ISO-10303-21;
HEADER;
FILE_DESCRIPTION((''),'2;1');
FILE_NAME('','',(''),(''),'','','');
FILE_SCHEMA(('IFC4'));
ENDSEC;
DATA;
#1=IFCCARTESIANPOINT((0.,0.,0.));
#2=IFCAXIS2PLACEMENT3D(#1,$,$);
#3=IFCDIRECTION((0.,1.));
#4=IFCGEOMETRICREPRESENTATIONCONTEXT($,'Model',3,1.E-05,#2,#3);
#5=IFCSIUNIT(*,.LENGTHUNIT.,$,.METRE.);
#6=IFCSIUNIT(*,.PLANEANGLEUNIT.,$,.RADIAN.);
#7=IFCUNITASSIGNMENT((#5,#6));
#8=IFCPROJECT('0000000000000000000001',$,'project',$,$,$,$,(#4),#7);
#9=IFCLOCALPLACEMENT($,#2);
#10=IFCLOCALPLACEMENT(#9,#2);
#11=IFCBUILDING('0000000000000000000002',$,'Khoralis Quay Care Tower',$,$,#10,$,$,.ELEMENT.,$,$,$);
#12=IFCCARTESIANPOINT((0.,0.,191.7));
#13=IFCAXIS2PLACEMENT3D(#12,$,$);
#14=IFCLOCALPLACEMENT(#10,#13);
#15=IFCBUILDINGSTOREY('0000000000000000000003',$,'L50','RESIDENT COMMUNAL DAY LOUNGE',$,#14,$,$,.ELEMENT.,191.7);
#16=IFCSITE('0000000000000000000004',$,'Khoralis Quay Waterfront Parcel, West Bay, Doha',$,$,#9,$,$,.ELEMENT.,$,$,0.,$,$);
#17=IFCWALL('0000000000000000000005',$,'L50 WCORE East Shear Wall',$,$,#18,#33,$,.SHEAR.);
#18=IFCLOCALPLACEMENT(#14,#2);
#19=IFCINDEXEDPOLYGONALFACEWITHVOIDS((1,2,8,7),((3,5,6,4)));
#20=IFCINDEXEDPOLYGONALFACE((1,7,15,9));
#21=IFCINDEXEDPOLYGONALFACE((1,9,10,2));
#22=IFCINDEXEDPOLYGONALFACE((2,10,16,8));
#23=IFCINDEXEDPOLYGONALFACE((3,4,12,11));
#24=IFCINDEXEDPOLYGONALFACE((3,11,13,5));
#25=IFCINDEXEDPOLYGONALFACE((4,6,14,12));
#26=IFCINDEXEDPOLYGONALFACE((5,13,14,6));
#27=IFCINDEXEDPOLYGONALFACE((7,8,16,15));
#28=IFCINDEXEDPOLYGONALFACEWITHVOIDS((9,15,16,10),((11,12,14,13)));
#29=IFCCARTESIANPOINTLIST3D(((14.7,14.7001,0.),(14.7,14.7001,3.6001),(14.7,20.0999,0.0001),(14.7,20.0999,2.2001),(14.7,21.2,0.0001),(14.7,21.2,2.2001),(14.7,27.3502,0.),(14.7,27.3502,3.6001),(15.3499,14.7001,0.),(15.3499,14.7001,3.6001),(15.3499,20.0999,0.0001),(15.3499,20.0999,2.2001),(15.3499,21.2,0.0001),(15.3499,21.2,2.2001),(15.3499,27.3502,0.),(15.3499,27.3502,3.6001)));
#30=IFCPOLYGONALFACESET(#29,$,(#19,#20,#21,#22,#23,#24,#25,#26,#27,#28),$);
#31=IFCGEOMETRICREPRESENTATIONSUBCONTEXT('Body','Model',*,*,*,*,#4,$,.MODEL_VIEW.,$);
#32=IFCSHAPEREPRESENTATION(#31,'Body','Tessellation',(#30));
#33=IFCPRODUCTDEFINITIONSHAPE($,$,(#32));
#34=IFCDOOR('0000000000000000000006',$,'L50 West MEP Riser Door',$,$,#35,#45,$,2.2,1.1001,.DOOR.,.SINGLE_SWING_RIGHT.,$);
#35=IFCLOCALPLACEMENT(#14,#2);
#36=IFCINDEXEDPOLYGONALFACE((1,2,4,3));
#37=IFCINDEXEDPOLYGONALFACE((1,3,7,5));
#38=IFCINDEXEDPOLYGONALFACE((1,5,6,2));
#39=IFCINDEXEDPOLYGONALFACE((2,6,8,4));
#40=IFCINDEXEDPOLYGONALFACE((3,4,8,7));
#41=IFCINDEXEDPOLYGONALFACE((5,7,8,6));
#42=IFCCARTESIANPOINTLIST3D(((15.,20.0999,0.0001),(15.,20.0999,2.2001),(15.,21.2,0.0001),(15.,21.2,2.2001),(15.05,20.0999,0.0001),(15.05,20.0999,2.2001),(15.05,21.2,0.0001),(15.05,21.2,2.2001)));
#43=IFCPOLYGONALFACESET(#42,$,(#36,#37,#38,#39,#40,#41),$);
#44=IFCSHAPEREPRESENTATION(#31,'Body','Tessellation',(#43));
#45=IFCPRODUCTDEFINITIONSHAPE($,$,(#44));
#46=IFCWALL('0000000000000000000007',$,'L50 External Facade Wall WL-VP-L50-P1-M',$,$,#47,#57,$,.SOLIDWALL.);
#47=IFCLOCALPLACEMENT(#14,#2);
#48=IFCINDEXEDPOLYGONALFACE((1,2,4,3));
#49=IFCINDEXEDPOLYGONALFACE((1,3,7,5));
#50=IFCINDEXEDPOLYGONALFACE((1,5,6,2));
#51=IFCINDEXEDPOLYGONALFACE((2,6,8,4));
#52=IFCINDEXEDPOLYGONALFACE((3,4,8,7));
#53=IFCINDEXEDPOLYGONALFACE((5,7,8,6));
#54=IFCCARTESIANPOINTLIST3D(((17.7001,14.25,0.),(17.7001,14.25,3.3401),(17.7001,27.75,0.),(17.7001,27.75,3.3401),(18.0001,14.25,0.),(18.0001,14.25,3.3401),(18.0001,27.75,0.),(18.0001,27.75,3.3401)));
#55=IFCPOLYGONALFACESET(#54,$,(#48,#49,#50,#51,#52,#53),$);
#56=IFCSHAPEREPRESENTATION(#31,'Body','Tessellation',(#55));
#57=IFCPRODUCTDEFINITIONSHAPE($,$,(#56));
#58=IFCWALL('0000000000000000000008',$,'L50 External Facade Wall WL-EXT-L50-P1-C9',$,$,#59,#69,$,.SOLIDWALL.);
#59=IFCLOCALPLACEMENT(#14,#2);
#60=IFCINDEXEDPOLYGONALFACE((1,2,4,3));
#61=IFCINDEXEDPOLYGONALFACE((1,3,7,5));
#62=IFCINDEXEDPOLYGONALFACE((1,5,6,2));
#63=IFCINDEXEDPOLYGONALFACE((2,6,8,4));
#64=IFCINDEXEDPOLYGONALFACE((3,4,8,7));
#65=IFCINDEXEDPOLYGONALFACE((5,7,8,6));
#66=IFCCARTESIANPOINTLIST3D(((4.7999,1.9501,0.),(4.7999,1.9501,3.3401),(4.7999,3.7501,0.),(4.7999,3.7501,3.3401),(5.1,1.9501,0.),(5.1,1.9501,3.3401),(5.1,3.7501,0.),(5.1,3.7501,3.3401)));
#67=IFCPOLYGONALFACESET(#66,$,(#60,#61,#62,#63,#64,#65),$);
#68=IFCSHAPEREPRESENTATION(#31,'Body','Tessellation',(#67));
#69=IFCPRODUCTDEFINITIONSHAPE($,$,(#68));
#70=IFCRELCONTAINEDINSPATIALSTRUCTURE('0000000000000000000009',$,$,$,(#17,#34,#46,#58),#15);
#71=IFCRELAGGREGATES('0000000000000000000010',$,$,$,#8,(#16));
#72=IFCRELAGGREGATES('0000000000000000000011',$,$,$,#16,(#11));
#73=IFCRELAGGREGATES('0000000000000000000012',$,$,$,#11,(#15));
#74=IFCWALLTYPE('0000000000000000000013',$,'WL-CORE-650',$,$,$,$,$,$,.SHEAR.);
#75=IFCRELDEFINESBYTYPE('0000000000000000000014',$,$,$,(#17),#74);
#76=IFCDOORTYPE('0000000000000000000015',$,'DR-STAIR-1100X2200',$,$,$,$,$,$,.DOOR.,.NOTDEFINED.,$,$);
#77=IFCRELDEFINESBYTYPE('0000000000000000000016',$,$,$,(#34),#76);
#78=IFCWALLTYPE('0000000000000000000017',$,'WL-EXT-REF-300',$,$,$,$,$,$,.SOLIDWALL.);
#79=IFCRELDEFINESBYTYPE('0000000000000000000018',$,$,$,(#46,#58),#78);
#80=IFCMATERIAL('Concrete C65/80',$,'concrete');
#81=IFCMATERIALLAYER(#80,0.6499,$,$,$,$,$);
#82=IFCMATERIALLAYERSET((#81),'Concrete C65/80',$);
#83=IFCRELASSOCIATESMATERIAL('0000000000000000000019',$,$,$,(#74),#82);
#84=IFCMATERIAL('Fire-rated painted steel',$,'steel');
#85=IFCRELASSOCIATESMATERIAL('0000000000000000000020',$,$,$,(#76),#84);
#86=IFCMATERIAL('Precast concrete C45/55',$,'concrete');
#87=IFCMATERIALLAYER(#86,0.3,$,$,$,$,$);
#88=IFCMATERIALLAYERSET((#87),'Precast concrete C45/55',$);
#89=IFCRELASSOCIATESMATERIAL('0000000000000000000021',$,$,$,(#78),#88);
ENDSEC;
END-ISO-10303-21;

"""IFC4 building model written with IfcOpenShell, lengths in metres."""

from ifc_helpers import new_model, si_unit, direction, frame, frame_2d, origin, place, context, subcontext, project, spatial, rectangle, extrude, source, transform, mapped, material, layer, layer_set, type_object, element, fill, save


model = new_model("IFC4")

# Units and contexts
model_context = context("Model", 3, precision=1e-05, world=origin(), true_north=direction((0.0, 1.0)))
body_context = subcontext(model_context, "Body", "Model", "MODEL_VIEW")
ifc_project = project(units=[si_unit("LENGTHUNIT", "METRE"), si_unit("PLANEANGLEUNIT", "RADIAN")], contexts=[model_context])

# Site, building, storey
site_placement = place(None, origin())
site = spatial("IfcSite", under=ifc_project, at=site_placement, Name="Khoralis Quay Waterfront Parcel, West Bay, Doha", CompositionType="ELEMENT", RefElevation=0.0)
building_placement = place(site_placement, origin())
building = spatial("IfcBuilding", under=site, at=building_placement, Name="Khoralis Quay Care Tower", CompositionType="ELEMENT")
storey_placement = place(building_placement, frame((0.0, 0.0, 191.7)))
storey = spatial("IfcBuildingStorey", under=building, at=storey_placement, Name="L50", Description="RESIDENT COMMUNAL DAY LOUNGE", CompositionType="ELEMENT", Elevation=191.7)

# Shared definitions
ifc_material_1 = material(Name="Fire-rated painted steel", Category="steel")

# Shared definitions
ifc_material_2 = material(Name="Concrete C65/80", Category="concrete")
ifc_layer_1 = layer(ifc_material_2, 0.6499)
ifc_layer_set_1 = layer_set([ifc_layer_1], Name="Concrete C65/80")
wall_type_1 = type_object("IfcWallType", Name="WL-CORE-650", PredefinedType="SHEAR", material=ifc_layer_set_1)

# Wall, opening, door
wall_1_placement = place(storey_placement, frame((15.0249, 14.7, 0.0), z_axis=(0.0, 0.0, 1.0), x_axis=(0.0, 1.0, 0.0)))
wall_1 = element("IfcWall", 1, at=wall_1_placement, inside=storey, type_object=wall_type_1, Name="L50 WCORE East Shear Wall", PredefinedType="SHEAR", context=body_context, shape_type="SweptSolid", body=[
    extrude(rectangle(XDim=12.6501, YDim=0.6499, at=frame_2d((6.3252, 0.0))), origin(), (0.0, 0.0, 1.0), 3.6001),
])
opening_1_placement = place(wall_1_placement, frame((5.3999, 0.0, 0.0)))
opening_1 = element("IfcOpeningElement", 2, at=opening_1_placement, cuts=wall_1, PredefinedType="OPENING", context=body_context, shape_type="SweptSolid", body=[
    extrude(rectangle(XDim=1.1001, YDim=2.2, at=frame_2d((0.55, 1.1001))), frame((0.0, 0.335, 0.0), z_axis=(0.0, -1.0, 0.0), x_axis=(1.0, 0.0, 0.0)), (0.0, 0.0, 1.0), 0.6699),
])
door_type_1 = type_object("IfcDoorType", Name="DR-STAIR-1100X2200", OperationType="NOTDEFINED", PredefinedType="DOOR", material=ifc_material_1)
shared_shape_1 = source(origin(), body_context, "Body", "SweptSolid", [
    extrude(rectangle(XDim=1.1001, YDim=2.2, at=frame_2d((0.55, 1.1001))), frame((0.0, 0.0249, 0.0), z_axis=(0.0, -1.0, 0.0), x_axis=(1.0, 0.0, 0.0)), (0.0, 0.0, 1.0), 0.05),
])
door_1_placement = place(opening_1_placement, origin())
door_1 = element("IfcDoor", 3, at=door_1_placement, inside=storey, type_object=door_type_1, Name="L50 West MEP Riser Door", OperationType="SINGLE_SWING_RIGHT", OverallHeight=2.2, OverallWidth=1.1001, PredefinedType="DOOR", context=body_context, shape_type="MappedRepresentation", body=[
    mapped(shared_shape_1, transform((0.0, 0.0, 0.0), scale=1.0)),
])
fill(opening_1, door_1)

# Walls
ifc_material_3 = material(Name="Precast concrete C45/55", Category="concrete")
ifc_layer_2 = layer(ifc_material_3, 0.3)
ifc_layer_set_2 = layer_set([ifc_layer_2], Name="Precast concrete C45/55")
wall_type_2 = type_object("IfcWallType", Name="WL-EXT-REF-300", PredefinedType="SOLIDWALL", material=ifc_layer_set_2)
wall_2_placement = place(storey_placement, frame((17.8501, 14.25, 0.0), z_axis=(0.0, 0.0, 1.0), x_axis=(0.0, 1.0, 0.0)))
element("IfcWall", 4, at=wall_2_placement, inside=storey, type_object=wall_type_2, Name="L50 External Facade Wall WL-VP-L50-P1-M", PredefinedType="SOLIDWALL", context=body_context, shape_type="SweptSolid", body=[
    extrude(rectangle(XDim=13.5, YDim=0.3, at=frame_2d((6.75, 0.0))), origin(), (0.0, 0.0, 1.0), 3.3401),
])
wall_3_placement = place(storey_placement, frame((4.95, 3.75, 0.0), z_axis=(0.0, 0.0, 1.0), x_axis=(0.0, -1.0, 0.0)))
element("IfcWall", 5, at=wall_3_placement, inside=storey, type_object=wall_type_2, Name="L50 External Facade Wall WL-EXT-L50-P1-C9", PredefinedType="SOLIDWALL", context=body_context, shape_type="SweptSolid", body=[
    extrude(rectangle(XDim=1.8, YDim=0.3, at=frame_2d((0.8999, 0.0))), origin(), (0.0, 0.0, 1.0), 3.3401),
])

save(model, "model.ifc")
